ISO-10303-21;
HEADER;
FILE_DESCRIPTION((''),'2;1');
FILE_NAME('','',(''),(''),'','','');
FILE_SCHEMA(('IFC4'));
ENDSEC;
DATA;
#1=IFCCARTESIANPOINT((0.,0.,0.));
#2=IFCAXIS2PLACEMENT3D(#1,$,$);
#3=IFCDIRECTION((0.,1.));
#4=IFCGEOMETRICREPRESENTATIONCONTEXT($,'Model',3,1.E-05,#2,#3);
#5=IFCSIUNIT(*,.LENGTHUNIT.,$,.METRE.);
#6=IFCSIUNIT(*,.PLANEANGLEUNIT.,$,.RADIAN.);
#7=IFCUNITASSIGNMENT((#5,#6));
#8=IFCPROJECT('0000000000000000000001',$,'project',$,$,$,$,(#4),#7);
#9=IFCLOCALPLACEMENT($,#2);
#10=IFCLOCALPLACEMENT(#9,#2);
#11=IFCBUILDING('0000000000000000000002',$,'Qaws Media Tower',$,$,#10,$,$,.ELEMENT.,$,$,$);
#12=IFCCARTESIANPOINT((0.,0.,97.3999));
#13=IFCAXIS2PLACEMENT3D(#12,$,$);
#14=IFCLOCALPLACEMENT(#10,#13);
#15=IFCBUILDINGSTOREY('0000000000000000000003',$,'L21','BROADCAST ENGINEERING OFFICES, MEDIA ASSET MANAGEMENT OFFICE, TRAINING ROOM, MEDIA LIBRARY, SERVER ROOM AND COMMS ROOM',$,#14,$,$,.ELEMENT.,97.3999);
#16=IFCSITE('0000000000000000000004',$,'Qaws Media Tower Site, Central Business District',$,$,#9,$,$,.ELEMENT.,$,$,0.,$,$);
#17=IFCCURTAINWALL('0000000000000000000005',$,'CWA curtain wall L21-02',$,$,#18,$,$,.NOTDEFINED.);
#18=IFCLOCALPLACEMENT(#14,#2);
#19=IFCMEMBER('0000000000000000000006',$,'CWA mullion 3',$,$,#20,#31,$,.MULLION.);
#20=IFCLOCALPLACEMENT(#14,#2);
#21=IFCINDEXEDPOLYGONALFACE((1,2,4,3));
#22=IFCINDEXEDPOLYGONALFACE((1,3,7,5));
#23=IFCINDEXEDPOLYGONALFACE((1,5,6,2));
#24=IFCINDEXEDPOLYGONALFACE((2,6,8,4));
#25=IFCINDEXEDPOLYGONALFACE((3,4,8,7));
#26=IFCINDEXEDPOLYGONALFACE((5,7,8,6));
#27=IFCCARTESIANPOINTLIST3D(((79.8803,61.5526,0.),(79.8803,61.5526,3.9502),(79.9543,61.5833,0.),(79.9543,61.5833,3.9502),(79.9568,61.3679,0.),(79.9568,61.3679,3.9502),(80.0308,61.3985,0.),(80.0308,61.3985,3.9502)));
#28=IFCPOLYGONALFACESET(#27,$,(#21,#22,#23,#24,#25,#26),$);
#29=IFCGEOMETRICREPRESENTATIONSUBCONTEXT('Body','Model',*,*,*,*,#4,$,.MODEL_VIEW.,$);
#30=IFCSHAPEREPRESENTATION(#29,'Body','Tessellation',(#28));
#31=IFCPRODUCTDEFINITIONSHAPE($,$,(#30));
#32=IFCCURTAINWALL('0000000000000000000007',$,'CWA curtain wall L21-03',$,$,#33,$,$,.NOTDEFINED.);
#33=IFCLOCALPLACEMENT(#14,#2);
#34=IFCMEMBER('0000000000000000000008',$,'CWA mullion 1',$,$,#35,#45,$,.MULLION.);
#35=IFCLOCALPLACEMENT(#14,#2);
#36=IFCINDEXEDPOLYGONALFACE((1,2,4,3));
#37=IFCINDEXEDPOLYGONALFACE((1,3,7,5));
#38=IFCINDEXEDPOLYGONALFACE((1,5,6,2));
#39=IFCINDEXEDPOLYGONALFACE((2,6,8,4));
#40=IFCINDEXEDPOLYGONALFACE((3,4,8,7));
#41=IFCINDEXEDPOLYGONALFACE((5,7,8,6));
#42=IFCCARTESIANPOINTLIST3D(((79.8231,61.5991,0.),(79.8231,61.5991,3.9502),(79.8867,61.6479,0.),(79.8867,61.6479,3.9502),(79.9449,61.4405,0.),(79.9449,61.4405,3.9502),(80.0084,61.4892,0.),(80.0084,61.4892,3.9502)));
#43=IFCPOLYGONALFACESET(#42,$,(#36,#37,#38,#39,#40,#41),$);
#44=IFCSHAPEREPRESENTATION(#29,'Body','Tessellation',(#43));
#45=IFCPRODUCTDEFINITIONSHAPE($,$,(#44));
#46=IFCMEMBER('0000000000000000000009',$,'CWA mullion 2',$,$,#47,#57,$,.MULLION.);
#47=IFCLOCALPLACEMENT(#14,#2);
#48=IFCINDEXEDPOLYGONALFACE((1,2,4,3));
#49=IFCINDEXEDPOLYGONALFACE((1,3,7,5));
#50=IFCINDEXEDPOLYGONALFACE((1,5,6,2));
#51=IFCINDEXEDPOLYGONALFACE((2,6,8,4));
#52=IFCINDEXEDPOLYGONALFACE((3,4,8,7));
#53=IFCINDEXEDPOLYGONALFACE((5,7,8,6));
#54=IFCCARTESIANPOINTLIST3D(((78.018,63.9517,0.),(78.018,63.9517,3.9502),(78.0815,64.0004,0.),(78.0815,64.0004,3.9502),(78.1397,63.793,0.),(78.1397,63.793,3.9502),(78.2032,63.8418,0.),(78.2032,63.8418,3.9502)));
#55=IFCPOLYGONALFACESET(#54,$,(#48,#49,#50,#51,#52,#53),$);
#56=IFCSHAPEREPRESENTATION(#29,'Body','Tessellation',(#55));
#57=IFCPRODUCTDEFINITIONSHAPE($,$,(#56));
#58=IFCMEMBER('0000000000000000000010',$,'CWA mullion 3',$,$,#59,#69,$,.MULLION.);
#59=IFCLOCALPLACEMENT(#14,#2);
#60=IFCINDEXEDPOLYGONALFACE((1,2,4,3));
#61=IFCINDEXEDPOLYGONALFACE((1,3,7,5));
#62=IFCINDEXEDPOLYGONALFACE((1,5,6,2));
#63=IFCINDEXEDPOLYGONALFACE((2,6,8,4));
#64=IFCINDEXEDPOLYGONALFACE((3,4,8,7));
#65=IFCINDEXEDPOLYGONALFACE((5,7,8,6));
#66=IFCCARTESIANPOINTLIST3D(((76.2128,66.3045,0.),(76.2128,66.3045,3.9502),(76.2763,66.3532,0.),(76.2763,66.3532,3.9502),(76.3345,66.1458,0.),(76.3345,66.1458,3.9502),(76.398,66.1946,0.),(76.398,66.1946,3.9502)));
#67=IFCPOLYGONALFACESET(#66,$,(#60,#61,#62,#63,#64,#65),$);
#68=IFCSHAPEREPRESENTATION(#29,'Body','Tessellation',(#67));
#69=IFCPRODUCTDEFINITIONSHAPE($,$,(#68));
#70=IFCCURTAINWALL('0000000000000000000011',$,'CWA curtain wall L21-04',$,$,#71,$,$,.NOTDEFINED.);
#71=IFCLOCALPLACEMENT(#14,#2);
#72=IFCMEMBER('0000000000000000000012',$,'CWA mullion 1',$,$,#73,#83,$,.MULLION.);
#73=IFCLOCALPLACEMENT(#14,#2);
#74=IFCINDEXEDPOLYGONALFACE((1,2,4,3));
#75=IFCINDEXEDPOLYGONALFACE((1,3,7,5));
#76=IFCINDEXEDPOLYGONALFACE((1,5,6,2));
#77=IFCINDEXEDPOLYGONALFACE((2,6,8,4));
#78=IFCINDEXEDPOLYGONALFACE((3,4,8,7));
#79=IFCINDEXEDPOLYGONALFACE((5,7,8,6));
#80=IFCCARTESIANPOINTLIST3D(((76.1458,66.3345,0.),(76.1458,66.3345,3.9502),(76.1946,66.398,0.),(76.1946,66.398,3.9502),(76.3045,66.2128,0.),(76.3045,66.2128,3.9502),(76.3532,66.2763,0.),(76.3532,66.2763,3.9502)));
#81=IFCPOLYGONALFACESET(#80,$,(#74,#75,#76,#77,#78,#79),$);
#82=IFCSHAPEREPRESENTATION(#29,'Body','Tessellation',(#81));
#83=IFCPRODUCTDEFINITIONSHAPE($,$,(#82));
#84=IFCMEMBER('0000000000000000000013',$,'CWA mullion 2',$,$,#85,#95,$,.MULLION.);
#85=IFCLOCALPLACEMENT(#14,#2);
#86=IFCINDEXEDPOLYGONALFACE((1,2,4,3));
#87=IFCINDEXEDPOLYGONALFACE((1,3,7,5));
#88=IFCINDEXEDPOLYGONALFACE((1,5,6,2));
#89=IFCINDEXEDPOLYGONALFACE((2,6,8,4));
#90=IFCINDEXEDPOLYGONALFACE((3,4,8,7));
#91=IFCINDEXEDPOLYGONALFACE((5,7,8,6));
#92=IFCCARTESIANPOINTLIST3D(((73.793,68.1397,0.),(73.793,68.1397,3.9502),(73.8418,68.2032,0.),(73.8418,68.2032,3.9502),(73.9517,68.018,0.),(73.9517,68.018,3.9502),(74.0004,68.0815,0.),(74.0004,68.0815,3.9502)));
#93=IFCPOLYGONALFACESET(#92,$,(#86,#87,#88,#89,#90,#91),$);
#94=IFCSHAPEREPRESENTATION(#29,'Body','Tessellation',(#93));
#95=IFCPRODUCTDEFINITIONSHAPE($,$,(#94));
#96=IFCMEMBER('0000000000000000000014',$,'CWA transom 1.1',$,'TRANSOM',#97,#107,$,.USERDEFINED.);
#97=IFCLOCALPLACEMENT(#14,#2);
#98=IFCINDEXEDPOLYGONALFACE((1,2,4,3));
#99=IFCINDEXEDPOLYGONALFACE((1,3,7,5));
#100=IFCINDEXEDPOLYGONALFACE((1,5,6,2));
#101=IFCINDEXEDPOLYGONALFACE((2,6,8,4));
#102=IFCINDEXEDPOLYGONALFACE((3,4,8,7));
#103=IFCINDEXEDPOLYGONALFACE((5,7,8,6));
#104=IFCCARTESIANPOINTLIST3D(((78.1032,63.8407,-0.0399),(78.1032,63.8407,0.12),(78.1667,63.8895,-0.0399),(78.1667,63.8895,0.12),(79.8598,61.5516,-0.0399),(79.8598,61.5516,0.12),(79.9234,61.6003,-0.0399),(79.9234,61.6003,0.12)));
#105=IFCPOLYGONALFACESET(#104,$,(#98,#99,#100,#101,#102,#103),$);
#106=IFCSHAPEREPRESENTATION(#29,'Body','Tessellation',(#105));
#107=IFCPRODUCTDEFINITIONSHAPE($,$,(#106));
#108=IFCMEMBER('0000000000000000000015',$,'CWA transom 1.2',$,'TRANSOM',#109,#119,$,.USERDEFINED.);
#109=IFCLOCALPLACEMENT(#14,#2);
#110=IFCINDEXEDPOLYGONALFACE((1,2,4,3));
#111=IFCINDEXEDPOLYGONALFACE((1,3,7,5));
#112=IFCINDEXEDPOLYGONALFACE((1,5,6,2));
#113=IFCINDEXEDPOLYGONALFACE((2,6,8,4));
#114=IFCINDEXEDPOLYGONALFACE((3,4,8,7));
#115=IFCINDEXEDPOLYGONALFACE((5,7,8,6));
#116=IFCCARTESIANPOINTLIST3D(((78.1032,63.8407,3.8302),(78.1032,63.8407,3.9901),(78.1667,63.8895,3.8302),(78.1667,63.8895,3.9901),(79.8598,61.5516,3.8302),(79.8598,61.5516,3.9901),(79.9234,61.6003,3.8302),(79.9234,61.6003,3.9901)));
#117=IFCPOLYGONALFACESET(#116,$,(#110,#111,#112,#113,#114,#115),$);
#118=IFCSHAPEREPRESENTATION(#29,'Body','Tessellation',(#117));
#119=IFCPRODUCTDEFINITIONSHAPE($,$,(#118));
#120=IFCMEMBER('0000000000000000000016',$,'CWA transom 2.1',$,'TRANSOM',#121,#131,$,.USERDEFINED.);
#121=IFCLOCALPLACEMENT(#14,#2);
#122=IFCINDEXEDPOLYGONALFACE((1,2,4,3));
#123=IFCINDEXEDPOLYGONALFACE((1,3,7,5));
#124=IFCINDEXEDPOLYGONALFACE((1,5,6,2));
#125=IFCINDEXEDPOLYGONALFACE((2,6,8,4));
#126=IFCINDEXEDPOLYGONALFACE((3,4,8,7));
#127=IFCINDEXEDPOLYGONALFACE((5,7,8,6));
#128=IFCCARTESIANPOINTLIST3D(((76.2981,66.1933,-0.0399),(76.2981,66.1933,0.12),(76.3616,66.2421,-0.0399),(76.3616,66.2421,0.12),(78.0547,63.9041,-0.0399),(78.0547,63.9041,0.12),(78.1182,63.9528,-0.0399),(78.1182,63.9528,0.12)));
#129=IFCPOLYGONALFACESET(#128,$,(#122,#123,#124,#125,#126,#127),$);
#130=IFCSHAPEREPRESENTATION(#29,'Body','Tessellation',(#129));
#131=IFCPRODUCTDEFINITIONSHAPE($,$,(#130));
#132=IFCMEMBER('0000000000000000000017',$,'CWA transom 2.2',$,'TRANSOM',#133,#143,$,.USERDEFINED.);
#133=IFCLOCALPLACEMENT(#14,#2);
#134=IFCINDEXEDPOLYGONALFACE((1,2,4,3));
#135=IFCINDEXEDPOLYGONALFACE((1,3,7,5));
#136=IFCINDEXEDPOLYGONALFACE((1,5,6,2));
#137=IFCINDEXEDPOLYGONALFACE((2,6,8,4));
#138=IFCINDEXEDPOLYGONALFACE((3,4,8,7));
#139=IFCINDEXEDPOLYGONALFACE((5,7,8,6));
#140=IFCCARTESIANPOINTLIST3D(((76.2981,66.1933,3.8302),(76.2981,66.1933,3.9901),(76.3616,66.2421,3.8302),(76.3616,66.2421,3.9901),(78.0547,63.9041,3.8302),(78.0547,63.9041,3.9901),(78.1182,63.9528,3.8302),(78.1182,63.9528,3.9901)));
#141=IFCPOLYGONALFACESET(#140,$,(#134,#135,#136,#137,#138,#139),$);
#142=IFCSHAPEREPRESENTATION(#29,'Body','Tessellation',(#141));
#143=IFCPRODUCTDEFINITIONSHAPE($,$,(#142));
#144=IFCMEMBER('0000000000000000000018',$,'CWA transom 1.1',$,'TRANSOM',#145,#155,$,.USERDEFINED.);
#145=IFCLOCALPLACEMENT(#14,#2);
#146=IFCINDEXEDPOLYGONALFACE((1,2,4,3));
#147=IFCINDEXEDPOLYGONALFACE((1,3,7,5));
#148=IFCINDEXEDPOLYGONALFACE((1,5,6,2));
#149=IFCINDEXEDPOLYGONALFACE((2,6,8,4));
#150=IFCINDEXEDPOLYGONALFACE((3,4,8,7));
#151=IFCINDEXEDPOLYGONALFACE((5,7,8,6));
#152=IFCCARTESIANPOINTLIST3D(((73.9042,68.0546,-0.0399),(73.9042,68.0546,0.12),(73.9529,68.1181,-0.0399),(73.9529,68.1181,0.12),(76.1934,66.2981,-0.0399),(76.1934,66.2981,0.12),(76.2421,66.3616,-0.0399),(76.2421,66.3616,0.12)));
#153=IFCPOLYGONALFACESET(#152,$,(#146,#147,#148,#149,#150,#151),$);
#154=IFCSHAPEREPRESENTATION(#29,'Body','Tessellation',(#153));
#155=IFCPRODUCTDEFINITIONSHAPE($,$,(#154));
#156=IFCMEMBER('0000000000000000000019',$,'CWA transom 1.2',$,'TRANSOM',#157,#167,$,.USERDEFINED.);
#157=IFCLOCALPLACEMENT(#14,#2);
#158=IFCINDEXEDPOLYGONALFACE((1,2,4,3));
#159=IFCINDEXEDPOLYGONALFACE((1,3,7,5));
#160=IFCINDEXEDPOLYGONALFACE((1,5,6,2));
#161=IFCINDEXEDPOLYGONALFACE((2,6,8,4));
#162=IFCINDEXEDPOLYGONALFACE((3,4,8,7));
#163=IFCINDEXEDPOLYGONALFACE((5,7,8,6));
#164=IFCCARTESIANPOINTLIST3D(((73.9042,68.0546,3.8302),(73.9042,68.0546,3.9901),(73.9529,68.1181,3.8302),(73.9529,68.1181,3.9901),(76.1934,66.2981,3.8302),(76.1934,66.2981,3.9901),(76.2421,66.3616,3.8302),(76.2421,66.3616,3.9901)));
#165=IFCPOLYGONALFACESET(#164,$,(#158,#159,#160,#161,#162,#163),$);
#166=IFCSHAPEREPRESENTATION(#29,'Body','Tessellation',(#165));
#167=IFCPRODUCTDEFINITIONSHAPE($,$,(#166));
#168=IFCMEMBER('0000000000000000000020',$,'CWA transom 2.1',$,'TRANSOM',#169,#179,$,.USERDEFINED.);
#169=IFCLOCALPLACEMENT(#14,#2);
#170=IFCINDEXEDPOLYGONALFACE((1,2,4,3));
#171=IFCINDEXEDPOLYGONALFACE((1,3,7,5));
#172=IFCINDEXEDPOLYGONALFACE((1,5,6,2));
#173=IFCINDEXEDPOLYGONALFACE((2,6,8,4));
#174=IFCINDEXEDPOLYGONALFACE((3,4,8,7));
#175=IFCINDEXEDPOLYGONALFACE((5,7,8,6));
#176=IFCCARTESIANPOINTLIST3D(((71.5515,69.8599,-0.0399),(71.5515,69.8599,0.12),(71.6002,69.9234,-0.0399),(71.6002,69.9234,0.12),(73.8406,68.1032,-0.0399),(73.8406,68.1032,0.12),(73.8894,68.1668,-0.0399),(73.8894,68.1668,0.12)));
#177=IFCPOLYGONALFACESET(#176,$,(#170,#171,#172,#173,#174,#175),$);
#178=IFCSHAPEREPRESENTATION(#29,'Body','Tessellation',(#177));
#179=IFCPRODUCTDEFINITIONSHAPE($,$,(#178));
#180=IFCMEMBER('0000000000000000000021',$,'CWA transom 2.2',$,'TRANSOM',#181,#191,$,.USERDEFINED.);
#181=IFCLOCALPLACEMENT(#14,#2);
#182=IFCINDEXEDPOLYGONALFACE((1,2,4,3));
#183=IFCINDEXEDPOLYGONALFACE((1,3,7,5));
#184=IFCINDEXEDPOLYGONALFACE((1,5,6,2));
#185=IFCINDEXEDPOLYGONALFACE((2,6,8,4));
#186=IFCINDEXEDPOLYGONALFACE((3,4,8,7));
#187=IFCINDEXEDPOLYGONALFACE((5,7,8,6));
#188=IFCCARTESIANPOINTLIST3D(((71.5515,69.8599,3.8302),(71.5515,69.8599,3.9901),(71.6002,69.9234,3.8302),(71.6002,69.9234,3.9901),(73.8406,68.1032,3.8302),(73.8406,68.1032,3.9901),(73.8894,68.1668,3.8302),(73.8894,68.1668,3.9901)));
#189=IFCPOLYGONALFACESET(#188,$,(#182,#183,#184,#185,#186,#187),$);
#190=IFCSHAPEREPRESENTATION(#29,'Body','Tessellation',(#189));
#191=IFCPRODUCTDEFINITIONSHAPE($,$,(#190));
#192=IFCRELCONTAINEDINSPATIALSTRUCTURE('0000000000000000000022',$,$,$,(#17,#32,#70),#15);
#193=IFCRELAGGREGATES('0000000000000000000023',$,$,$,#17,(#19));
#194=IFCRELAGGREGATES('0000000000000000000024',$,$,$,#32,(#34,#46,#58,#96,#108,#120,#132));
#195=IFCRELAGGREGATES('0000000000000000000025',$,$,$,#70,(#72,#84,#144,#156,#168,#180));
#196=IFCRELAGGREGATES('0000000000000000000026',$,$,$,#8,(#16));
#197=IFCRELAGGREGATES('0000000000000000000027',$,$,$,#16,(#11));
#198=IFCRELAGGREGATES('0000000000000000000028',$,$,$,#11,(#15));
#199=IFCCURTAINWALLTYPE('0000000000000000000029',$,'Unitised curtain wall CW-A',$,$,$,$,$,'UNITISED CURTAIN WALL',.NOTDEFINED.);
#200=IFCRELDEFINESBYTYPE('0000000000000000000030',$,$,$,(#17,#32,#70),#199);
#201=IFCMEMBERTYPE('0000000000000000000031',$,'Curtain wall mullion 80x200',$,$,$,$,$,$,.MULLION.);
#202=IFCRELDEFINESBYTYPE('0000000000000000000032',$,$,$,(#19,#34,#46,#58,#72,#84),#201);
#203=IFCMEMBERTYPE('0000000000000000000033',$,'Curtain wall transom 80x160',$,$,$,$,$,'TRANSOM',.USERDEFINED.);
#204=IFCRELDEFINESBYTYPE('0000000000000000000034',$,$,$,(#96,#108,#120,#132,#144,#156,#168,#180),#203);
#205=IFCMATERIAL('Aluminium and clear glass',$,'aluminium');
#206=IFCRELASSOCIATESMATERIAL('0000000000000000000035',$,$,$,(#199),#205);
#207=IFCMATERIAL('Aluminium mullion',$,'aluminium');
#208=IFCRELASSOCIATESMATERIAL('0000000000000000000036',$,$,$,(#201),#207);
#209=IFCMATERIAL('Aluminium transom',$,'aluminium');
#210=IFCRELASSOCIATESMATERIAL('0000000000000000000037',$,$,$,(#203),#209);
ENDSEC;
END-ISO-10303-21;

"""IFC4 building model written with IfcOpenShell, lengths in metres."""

from ifc_helpers import new_model, si_unit, direction, frame, origin, origin_2d, place, context, subcontext, project, spatial, rectangle, extrude, material, material_profile, profile_set, type_object, element, aggregate, save


model = new_model("IFC4")

# Units and contexts
model_context = context("Model", 3, precision=1e-05, world=origin(), true_north=direction((0.0, 1.0)))
body_context = subcontext(model_context, "Body", "Model", "MODEL_VIEW")
ifc_project = project(units=[si_unit("LENGTHUNIT", "METRE"), si_unit("PLANEANGLEUNIT", "RADIAN")], contexts=[model_context])

# Site, building, storey
site_placement = place(None, origin())
site = spatial("IfcSite", under=ifc_project, at=site_placement, Name="Qaws Media Tower Site, Central Business District", CompositionType="ELEMENT", RefElevation=0.0)
building_placement = place(site_placement, origin())
building = spatial("IfcBuilding", under=site, at=building_placement, Name="Qaws Media Tower", CompositionType="ELEMENT")
storey_placement = place(building_placement, frame((0.0, 0.0, 97.3999)))
storey = spatial("IfcBuildingStorey", under=building, at=storey_placement, Name="L21", Description="BROADCAST ENGINEERING OFFICES, MEDIA ASSET MANAGEMENT OFFICE, TRAINING ROOM, MEDIA LIBRARY, SERVER ROOM AND COMMS ROOM", CompositionType="ELEMENT", Elevation=97.3999)

# Curtain wall, member
ifc_material_1 = material(Name="Aluminium and clear glass", Category="aluminium")
curtain_wall_type = type_object("IfcCurtainWallType", Name="Unitised curtain wall CW-A", ElementType="UNITISED CURTAIN WALL", PredefinedType="NOTDEFINED", material=ifc_material_1)
curtain_wall_1_placement = place(storey_placement, origin())
curtain_wall_1 = element("IfcCurtainWall", 1, at=curtain_wall_1_placement, inside=storey, type_object=curtain_wall_type, Name="CWA curtain wall L21-02", PredefinedType="NOTDEFINED")
ifc_material_2 = material(Name="Aluminium mullion", Category="aluminium")
ifc_material_profile_1 = material_profile(ifc_material_2, rectangle(XDim=0.0801, YDim=0.2, at=origin_2d()), Name="80x200")
ifc_profile_set_1 = profile_set([ifc_material_profile_1], Name="Aluminium mullion")
member_type_1 = type_object("IfcMemberType", Name="Curtain wall mullion 80x200", PredefinedType="MULLION", material=ifc_profile_set_1)
member_1_placement = place(storey_placement, frame((79.9556, 61.4756, 0.0), z_axis=(0.0, 0.0, 1.0), x_axis=(-0.92388, -0.382683, 0.0)))
member_1 = element("IfcMember", 2, at=member_1_placement, type_object=member_type_1, Name="CWA mullion 3", PredefinedType="MULLION", context=body_context, shape_type="SweptSolid", body=[
    extrude(rectangle(XDim=0.0801, YDim=0.2, at=origin_2d()), origin(), (0.0, 0.0, 1.0), 3.9502),
])
aggregate(curtain_wall_1, [member_1])

# Curtain walls, members
curtain_wall_2_placement = place(storey_placement, origin())
curtain_wall_2 = element("IfcCurtainWall", 3, at=curtain_wall_2_placement, inside=storey, type_object=curtain_wall_type, Name="CWA curtain wall L21-03", PredefinedType="NOTDEFINED")
member_2_placement = place(storey_placement, frame((79.9158, 61.5442, 0.0), z_axis=(0.0, 0.0, 1.0), x_axis=(-0.793353, -0.608761, 0.0)))
member_2 = element("IfcMember", 4, at=member_2_placement, type_object=member_type_1, Name="CWA mullion 1", PredefinedType="MULLION", context=body_context, shape_type="SweptSolid", body=[
    extrude(rectangle(XDim=0.0801, YDim=0.2, at=origin_2d()), origin(), (0.0, 0.0, 1.0), 3.9502),
])
member_3_placement = place(storey_placement, frame((78.1106, 63.8967, 0.0), z_axis=(0.0, 0.0, 1.0), x_axis=(-0.793353, -0.608761, 0.0)))
member_3 = element("IfcMember", 5, at=member_3_placement, type_object=member_type_1, Name="CWA mullion 2", PredefinedType="MULLION", context=body_context, shape_type="SweptSolid", body=[
    extrude(rectangle(XDim=0.0801, YDim=0.2, at=origin_2d()), origin(), (0.0, 0.0, 1.0), 3.9502),
])
member_4_placement = place(storey_placement, frame((76.3054, 66.2495, 0.0), z_axis=(0.0, 0.0, 1.0), x_axis=(-0.793353, -0.608761, 0.0)))
member_4 = element("IfcMember", 6, at=member_4_placement, type_object=member_type_1, Name="CWA mullion 3", PredefinedType="MULLION", context=body_context, shape_type="SweptSolid", body=[
    extrude(rectangle(XDim=0.0801, YDim=0.2, at=origin_2d()), origin(), (0.0, 0.0, 1.0), 3.9502),
])
curtain_wall_3_placement = place(storey_placement, origin())
curtain_wall_3 = element("IfcCurtainWall", 7, at=curtain_wall_3_placement, inside=storey, type_object=curtain_wall_type, Name="CWA curtain wall L21-04", PredefinedType="NOTDEFINED")
member_5_placement = place(storey_placement, frame((76.2495, 66.3054, 0.0), z_axis=(0.0, 0.0, 1.0), x_axis=(-0.608761, -0.793353, 0.0)))
member_5 = element("IfcMember", 8, at=member_5_placement, type_object=member_type_1, Name="CWA mullion 1", PredefinedType="MULLION", context=body_context, shape_type="SweptSolid", body=[
    extrude(rectangle(XDim=0.0801, YDim=0.2, at=origin_2d()), origin(), (0.0, 0.0, 1.0), 3.9502),
])
member_6_placement = place(storey_placement, frame((73.8967, 68.1106, 0.0), z_axis=(0.0, 0.0, 1.0), x_axis=(-0.608761, -0.793353, 0.0)))
member_6 = element("IfcMember", 9, at=member_6_placement, type_object=member_type_1, Name="CWA mullion 2", PredefinedType="MULLION", context=body_context, shape_type="SweptSolid", body=[
    extrude(rectangle(XDim=0.0801, YDim=0.2, at=origin_2d()), origin(), (0.0, 0.0, 1.0), 3.9502),
])

# Members
ifc_material_3 = material(Name="Aluminium transom", Category="aluminium")
ifc_material_profile_2 = material_profile(ifc_material_3, rectangle(XDim=0.0801, YDim=0.1599, at=origin_2d()), Name="80x160")
ifc_profile_set_2 = profile_set([ifc_material_profile_2], Name="Aluminium transom")
member_type_2 = type_object("IfcMemberType", Name="Curtain wall transom 80x160", ElementType="TRANSOM", PredefinedType="USERDEFINED", material=ifc_profile_set_2)
member_7_placement = place(storey_placement, frame((79.8916, 61.5759, 0.04), z_axis=(-0.60879, 0.793331, 0.0), x_axis=(-0.793331, -0.60879, 0.0)))
member_7 = element("IfcMember", 10, at=member_7_placement, type_object=member_type_2, Name="CWA transom 1.1", ObjectType="TRANSOM", PredefinedType="USERDEFINED", context=body_context, shape_type="SweptSolid", body=[
    extrude(rectangle(XDim=0.0801, YDim=0.1599, at=origin_2d()), origin(), (0.0, 0.0, 1.0), 2.8855),
])
member_8_placement = place(storey_placement, frame((79.8916, 61.5759, 3.9102), z_axis=(-0.60879, 0.793331, 0.0), x_axis=(-0.793331, -0.60879, 0.0)))
member_8 = element("IfcMember", 11, at=member_8_placement, type_object=member_type_2, Name="CWA transom 1.2", ObjectType="TRANSOM", PredefinedType="USERDEFINED", context=body_context, shape_type="SweptSolid", body=[
    extrude(rectangle(XDim=0.0801, YDim=0.1599, at=origin_2d()), origin(), (0.0, 0.0, 1.0), 2.8855),
])
member_9_placement = place(storey_placement, frame((78.0864, 63.9285, 0.04), z_axis=(-0.608749, 0.793363, 0.0), x_axis=(-0.793363, -0.608749, 0.0)))
member_9 = element("IfcMember", 12, at=member_9_placement, type_object=member_type_2, Name="CWA transom 2.1", ObjectType="TRANSOM", PredefinedType="USERDEFINED", context=body_context, shape_type="SweptSolid", body=[
    extrude(rectangle(XDim=0.0801, YDim=0.1599, at=origin_2d()), origin(), (0.0, 0.0, 1.0), 2.8855),
])
member_10_placement = place(storey_placement, frame((78.0864, 63.9285, 3.9102), z_axis=(-0.608749, 0.793363, 0.0), x_axis=(-0.793363, -0.608749, 0.0)))
member_10 = element("IfcMember", 13, at=member_10_placement, type_object=member_type_2, Name="CWA transom 2.2", ObjectType="TRANSOM", PredefinedType="USERDEFINED", context=body_context, shape_type="SweptSolid", body=[
    extrude(rectangle(XDim=0.0801, YDim=0.1599, at=origin_2d()), origin(), (0.0, 0.0, 1.0), 2.8855),
])
member_11_placement = place(storey_placement, frame((76.2178, 66.3298, 0.04), z_axis=(-0.793363, 0.608749, 0.0), x_axis=(-0.608749, -0.793363, 0.0)))
member_11 = element("IfcMember", 14, at=member_11_placement, type_object=member_type_2, Name="CWA transom 1.1", ObjectType="TRANSOM", PredefinedType="USERDEFINED", context=body_context, shape_type="SweptSolid", body=[
    extrude(rectangle(XDim=0.0801, YDim=0.1599, at=origin_2d()), origin(), (0.0, 0.0, 1.0), 2.8855),
])
member_12_placement = place(storey_placement, frame((76.2178, 66.3298, 3.9102), z_axis=(-0.793363, 0.608749, 0.0), x_axis=(-0.608749, -0.793363, 0.0)))
member_12 = element("IfcMember", 15, at=member_12_placement, type_object=member_type_2, Name="CWA transom 1.2", ObjectType="TRANSOM", PredefinedType="USERDEFINED", context=body_context, shape_type="SweptSolid", body=[
    extrude(rectangle(XDim=0.0801, YDim=0.1599, at=origin_2d()), origin(), (0.0, 0.0, 1.0), 2.8855),
])
member_13_placement = place(storey_placement, frame((73.865, 68.135, 0.04), z_axis=(-0.793331, 0.60879, 0.0), x_axis=(-0.60879, -0.793331, 0.0)))
member_13 = element("IfcMember", 16, at=member_13_placement, type_object=member_type_2, Name="CWA transom 2.1", ObjectType="TRANSOM", PredefinedType="USERDEFINED", context=body_context, shape_type="SweptSolid", body=[
    extrude(rectangle(XDim=0.0801, YDim=0.1599, at=origin_2d()), origin(), (0.0, 0.0, 1.0), 2.8855),
])
member_14_placement = place(storey_placement, frame((73.865, 68.135, 3.9102), z_axis=(-0.793331, 0.60879, 0.0), x_axis=(-0.60879, -0.793331, 0.0)))
member_14 = element("IfcMember", 17, at=member_14_placement, type_object=member_type_2, Name="CWA transom 2.2", ObjectType="TRANSOM", PredefinedType="USERDEFINED", context=body_context, shape_type="SweptSolid", body=[
    extrude(rectangle(XDim=0.0801, YDim=0.1599, at=origin_2d()), origin(), (0.0, 0.0, 1.0), 2.8855),
])

aggregate(curtain_wall_2, [member_2, member_3, member_4, member_7, member_8, member_9, member_10])
aggregate(curtain_wall_3, [member_5, member_6, member_11, member_12, member_13, member_14])

save(model, "model.ifc")
